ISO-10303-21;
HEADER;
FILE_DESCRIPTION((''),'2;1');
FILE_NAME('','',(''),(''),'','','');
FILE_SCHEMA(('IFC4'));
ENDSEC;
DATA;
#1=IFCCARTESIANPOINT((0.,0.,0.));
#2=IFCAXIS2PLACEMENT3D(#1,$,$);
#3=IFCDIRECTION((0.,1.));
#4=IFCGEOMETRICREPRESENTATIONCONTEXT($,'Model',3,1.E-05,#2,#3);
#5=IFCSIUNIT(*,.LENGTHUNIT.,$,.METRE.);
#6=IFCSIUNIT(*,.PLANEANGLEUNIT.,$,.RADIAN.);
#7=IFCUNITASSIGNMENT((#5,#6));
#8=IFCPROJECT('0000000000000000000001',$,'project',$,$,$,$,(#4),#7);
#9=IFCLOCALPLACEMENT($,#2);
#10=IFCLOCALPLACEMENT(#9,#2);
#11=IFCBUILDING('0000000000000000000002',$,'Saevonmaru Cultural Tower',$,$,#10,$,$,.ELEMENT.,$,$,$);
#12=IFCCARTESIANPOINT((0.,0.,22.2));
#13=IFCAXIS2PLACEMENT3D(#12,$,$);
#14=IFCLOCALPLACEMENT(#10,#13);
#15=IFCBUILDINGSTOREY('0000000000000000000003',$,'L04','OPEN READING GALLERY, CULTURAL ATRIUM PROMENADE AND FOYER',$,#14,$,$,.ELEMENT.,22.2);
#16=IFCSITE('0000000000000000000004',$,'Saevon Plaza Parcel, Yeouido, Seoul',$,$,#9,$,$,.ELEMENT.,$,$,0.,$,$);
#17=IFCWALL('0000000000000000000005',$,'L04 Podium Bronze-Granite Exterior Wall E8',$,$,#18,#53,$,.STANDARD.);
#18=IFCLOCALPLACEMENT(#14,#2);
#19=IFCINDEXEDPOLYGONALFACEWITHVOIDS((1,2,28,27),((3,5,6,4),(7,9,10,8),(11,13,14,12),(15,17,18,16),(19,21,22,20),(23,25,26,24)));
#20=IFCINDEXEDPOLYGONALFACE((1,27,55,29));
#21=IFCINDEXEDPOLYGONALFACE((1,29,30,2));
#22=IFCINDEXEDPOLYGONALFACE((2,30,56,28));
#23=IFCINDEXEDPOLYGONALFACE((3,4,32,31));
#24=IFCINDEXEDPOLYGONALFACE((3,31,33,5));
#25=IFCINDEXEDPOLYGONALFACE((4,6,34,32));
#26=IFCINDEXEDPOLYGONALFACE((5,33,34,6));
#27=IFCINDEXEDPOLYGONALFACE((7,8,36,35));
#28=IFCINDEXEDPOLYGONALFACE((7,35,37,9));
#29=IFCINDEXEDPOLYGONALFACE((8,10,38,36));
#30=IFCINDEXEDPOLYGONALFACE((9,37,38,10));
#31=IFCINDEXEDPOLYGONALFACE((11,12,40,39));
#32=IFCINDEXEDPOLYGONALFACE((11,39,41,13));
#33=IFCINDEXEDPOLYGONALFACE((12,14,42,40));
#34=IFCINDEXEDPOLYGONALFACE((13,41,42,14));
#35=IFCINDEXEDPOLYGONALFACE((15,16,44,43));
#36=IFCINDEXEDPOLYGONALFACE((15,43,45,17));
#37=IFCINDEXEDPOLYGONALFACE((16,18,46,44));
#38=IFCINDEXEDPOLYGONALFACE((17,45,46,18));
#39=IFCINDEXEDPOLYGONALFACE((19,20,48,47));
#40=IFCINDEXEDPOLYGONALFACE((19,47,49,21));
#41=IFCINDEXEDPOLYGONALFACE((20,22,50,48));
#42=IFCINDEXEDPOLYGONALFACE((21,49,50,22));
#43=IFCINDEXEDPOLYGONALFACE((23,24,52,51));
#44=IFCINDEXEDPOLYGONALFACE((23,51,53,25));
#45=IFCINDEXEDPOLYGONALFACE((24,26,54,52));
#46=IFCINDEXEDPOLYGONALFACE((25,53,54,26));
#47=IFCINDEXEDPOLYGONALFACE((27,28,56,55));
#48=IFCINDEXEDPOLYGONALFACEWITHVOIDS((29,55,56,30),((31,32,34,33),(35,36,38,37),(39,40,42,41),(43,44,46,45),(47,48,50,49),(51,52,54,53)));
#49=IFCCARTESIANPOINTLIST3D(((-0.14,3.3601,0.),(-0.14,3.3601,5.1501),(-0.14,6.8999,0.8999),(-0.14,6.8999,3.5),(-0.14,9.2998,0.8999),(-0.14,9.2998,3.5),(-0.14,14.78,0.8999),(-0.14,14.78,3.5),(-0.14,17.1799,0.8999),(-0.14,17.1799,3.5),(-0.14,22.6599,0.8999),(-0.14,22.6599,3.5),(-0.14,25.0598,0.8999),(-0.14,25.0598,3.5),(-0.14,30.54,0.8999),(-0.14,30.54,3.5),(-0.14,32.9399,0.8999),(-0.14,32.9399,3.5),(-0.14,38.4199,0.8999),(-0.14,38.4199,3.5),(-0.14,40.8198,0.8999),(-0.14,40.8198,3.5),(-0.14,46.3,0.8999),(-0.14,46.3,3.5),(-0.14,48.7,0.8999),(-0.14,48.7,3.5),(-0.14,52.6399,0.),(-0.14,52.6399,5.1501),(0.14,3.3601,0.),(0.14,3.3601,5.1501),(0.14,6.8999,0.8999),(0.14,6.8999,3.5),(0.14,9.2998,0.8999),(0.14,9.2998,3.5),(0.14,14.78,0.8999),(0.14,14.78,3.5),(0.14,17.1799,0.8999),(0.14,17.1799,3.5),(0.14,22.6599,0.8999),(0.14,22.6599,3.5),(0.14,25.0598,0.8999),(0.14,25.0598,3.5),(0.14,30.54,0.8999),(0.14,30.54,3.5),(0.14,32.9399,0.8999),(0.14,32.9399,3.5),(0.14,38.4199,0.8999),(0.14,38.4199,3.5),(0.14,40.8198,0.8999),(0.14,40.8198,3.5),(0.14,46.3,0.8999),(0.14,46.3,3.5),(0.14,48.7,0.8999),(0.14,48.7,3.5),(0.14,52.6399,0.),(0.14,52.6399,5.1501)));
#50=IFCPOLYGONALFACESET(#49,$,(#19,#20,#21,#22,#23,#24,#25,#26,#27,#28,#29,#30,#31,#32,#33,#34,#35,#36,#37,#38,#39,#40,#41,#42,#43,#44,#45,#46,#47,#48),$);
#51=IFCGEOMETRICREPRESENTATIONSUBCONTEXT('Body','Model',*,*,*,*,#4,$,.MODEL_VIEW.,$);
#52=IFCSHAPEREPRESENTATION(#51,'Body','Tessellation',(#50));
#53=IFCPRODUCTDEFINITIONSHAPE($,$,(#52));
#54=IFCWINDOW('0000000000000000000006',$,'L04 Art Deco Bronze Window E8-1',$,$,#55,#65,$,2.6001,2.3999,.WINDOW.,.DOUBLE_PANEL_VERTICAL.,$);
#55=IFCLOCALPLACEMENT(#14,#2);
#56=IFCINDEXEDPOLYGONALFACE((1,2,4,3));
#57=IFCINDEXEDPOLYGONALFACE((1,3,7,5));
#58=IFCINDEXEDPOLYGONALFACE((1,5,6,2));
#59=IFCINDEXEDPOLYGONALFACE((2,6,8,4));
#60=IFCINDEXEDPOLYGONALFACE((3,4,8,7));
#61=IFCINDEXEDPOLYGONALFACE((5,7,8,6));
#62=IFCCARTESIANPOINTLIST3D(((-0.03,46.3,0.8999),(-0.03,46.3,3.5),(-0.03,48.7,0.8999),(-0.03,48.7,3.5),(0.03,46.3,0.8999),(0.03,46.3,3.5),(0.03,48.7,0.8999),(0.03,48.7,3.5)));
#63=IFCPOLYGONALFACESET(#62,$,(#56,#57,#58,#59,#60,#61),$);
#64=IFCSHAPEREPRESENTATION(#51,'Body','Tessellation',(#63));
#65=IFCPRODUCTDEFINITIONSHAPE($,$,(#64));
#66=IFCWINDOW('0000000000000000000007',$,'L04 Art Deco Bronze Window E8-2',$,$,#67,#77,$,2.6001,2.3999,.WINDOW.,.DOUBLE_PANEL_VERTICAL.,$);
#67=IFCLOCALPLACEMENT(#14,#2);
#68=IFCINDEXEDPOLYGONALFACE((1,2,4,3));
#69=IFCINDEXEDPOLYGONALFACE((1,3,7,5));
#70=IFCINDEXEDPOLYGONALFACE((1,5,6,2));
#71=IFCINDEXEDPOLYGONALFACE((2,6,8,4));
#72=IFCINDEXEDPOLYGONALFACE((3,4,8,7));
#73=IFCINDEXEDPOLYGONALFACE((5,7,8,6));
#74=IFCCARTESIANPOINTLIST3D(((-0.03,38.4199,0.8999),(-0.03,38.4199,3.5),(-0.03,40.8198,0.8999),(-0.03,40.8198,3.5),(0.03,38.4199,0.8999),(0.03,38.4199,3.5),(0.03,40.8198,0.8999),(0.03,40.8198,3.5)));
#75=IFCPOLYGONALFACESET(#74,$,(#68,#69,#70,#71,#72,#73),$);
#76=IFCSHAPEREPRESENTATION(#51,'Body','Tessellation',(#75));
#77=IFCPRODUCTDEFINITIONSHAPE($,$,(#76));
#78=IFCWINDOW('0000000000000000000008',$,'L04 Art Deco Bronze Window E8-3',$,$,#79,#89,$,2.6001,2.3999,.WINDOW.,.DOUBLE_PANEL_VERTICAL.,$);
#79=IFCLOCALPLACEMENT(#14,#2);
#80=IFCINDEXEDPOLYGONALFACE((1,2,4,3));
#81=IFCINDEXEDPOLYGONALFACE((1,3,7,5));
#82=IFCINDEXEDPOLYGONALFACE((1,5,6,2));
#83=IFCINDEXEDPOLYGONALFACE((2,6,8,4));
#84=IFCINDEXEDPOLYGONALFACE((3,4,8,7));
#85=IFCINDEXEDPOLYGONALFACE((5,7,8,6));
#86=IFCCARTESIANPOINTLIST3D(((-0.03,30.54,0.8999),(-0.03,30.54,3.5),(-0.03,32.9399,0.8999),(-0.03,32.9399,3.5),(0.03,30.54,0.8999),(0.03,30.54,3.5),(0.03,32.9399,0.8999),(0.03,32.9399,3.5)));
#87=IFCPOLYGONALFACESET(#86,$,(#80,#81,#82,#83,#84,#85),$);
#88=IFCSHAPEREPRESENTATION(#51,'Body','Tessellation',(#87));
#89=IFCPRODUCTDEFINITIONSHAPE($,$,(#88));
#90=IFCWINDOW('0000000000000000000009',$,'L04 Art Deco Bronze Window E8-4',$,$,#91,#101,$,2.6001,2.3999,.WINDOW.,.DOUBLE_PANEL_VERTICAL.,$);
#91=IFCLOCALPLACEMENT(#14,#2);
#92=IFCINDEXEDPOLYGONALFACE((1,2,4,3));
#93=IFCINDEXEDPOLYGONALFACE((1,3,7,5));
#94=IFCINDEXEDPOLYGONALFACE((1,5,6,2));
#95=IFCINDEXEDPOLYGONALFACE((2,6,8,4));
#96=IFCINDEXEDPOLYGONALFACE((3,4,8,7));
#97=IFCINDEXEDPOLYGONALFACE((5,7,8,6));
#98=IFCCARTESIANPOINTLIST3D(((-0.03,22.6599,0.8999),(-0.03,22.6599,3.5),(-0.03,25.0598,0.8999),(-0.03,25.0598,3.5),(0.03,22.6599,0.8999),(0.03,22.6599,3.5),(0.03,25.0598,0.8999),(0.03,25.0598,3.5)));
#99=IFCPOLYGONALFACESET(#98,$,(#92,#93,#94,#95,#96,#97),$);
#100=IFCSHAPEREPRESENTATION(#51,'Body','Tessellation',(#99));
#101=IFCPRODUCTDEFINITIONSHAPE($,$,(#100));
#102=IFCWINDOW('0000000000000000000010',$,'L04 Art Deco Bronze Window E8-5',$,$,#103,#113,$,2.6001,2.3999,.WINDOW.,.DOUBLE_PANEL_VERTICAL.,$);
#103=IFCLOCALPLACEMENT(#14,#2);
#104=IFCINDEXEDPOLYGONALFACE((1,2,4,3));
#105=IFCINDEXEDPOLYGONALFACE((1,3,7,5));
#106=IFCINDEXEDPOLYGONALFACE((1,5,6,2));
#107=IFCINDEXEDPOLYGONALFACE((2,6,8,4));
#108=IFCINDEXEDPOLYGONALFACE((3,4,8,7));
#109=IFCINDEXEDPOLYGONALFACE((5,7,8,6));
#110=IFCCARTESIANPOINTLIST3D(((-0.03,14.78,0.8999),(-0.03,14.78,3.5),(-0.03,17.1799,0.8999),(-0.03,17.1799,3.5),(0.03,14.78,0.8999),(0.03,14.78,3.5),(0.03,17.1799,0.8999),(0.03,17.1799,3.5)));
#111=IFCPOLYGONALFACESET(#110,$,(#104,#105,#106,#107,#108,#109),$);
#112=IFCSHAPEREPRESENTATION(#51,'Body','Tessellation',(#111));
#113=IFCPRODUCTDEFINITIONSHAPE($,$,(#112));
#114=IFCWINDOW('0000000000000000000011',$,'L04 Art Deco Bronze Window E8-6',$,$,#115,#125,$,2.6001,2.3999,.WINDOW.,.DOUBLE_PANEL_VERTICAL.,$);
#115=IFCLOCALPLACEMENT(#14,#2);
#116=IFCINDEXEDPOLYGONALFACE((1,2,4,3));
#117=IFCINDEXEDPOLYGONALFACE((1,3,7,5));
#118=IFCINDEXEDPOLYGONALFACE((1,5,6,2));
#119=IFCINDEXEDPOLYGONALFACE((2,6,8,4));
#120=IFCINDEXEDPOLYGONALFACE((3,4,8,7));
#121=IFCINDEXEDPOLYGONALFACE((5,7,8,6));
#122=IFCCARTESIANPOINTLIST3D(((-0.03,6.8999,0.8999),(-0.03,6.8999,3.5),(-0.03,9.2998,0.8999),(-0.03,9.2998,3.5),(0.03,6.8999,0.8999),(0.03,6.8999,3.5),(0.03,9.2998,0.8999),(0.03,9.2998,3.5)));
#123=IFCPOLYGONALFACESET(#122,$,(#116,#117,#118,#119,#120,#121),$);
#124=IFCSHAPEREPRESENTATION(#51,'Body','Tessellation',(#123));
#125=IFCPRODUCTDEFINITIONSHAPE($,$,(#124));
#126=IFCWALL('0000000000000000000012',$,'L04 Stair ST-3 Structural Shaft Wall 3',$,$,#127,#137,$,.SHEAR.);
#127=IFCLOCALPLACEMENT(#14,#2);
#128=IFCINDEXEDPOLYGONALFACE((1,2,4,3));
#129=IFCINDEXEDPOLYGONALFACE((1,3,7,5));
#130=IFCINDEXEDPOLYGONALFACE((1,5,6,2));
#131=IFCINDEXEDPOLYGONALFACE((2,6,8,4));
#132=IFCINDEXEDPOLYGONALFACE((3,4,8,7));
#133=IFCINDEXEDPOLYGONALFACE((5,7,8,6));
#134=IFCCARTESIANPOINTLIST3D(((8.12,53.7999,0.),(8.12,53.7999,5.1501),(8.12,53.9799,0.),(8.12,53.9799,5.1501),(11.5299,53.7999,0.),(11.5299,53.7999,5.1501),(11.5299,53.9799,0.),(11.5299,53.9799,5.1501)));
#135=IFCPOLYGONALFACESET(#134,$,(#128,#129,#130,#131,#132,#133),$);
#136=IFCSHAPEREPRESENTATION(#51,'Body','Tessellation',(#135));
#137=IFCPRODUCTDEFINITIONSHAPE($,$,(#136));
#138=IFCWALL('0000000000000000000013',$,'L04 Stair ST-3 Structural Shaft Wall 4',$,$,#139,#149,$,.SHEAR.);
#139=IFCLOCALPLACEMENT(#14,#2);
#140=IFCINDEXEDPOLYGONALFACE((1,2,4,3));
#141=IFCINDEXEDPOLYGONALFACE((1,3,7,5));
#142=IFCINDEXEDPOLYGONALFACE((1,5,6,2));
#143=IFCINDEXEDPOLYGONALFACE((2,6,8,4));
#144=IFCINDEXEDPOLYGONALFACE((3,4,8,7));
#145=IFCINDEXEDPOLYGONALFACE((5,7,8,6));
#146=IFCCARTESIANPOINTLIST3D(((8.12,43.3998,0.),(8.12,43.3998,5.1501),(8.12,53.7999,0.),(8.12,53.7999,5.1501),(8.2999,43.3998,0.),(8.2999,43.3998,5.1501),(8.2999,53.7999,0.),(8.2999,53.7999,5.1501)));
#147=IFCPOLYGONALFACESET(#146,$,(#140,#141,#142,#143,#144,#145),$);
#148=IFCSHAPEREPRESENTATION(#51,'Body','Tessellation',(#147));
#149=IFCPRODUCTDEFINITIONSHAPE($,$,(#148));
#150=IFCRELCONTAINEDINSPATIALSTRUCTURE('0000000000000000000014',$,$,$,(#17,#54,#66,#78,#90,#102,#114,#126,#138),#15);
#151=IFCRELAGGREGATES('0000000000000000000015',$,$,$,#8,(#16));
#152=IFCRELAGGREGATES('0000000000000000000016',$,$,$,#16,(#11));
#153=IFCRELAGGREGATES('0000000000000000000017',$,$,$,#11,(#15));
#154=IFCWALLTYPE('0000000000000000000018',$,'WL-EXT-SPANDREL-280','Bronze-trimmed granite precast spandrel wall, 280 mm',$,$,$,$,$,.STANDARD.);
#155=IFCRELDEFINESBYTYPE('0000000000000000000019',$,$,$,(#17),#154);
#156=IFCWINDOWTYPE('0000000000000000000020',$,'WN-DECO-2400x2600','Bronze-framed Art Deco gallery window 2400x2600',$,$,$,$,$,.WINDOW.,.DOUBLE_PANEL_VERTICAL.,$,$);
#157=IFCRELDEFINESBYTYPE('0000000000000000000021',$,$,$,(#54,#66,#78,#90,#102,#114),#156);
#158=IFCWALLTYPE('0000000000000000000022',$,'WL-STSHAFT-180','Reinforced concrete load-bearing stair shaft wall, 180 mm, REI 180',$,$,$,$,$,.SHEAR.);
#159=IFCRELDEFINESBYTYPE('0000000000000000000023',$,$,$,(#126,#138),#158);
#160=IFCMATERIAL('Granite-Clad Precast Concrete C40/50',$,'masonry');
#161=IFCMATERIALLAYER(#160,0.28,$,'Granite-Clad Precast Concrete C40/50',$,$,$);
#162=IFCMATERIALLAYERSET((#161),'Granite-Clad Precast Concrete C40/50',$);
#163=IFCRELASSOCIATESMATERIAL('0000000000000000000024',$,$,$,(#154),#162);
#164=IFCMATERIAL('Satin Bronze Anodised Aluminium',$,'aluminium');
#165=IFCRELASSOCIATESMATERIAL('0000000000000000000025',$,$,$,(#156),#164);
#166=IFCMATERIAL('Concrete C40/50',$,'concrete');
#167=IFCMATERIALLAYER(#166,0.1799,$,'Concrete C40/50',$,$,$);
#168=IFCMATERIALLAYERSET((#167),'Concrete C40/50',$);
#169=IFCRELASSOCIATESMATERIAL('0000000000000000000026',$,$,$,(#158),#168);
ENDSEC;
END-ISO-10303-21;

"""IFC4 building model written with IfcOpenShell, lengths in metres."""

from ifc_helpers import new_model, si_unit, direction, frame, frame_2d, origin, place, context, subcontext, project, spatial, rectangle, extrude, material, layer, layer_set, type_object, element, fill, save


model = new_model("IFC4")

# Units and contexts
model_context = context("Model", 3, precision=1e-05, world=origin(), true_north=direction((0.0, 1.0)))
body_context = subcontext(model_context, "Body", "Model", "MODEL_VIEW")
ifc_project = project(units=[si_unit("LENGTHUNIT", "METRE"), si_unit("PLANEANGLEUNIT", "RADIAN")], contexts=[model_context])

# Site, building, storey
site_placement = place(None, origin())
site = spatial("IfcSite", under=ifc_project, at=site_placement, Name="Saevon Plaza Parcel, Yeouido, Seoul", CompositionType="ELEMENT", RefElevation=0.0)
building_placement = place(site_placement, origin())
building = spatial("IfcBuilding", under=site, at=building_placement, Name="Saevonmaru Cultural Tower", CompositionType="ELEMENT")
storey_placement = place(building_placement, frame((0.0, 0.0, 22.2)))
storey = spatial("IfcBuildingStorey", under=building, at=storey_placement, Name="L04", Description="OPEN READING GALLERY, CULTURAL ATRIUM PROMENADE AND FOYER", CompositionType="ELEMENT", Elevation=22.2)

# Shared definitions
ifc_material_1 = material(Name="Granite-Clad Precast Concrete C40/50", Category="masonry")
ifc_material_2 = material(Name="Satin Bronze Anodised Aluminium", Category="aluminium")

# Wall, openings, windows
ifc_layer_1 = layer(ifc_material_1, 0.28, Name="Granite-Clad Precast Concrete C40/50")
ifc_layer_set_1 = layer_set([ifc_layer_1], Name="Granite-Clad Precast Concrete C40/50")
wall_type_1 = type_object("IfcWallType", Name="WL-EXT-SPANDREL-280", Description="Bronze-trimmed granite precast spandrel wall, 280 mm", PredefinedType="STANDARD", material=ifc_layer_set_1)
wall_1_placement = place(storey_placement, frame((0.0, 52.6399, 0.0), z_axis=(0.0, 0.0, 1.0), x_axis=(0.0, -1.0, 0.0)))
wall_1 = element("IfcWall", 1, at=wall_1_placement, inside=storey, type_object=wall_type_1, Name="L04 Podium Bronze-Granite Exterior Wall E8", PredefinedType="STANDARD", context=body_context, shape_type="SweptSolid", body=[
    extrude(rectangle(XDim=49.2798, YDim=0.28, at=frame_2d((24.6399, 0.0))), origin(), (0.0, 0.0, 1.0), 5.1501),
])
opening_1_placement = place(wall_1_placement, frame((3.9399, 0.0, 0.8999)))
opening_1 = element("IfcOpeningElement", 2, at=opening_1_placement, cuts=wall_1, PredefinedType="OPENING", context=body_context, shape_type="SweptSolid", body=[
    extrude(rectangle(XDim=2.3999, YDim=2.6001, at=frame_2d((1.2, 1.3))), frame((0.0, 0.1499, 0.0), z_axis=(0.0, -1.0, 0.0), x_axis=(1.0, 0.0, 0.0)), (0.0, 0.0, 1.0), 0.3),
])
opening_2_placement = place(wall_1_placement, frame((11.8201, 0.0, 0.8999)))
opening_2 = element("IfcOpeningElement", 3, at=opening_2_placement, cuts=wall_1, PredefinedType="OPENING", context=body_context, shape_type="SweptSolid", body=[
    extrude(rectangle(XDim=2.3999, YDim=2.6001, at=frame_2d((1.2, 1.3))), frame((0.0, 0.1499, 0.0), z_axis=(0.0, -1.0, 0.0), x_axis=(1.0, 0.0, 0.0)), (0.0, 0.0, 1.0), 0.3),
])
opening_3_placement = place(wall_1_placement, frame((19.7, 0.0, 0.8999)))
opening_3 = element("IfcOpeningElement", 4, at=opening_3_placement, cuts=wall_1, PredefinedType="OPENING", context=body_context, shape_type="SweptSolid", body=[
    extrude(rectangle(XDim=2.3999, YDim=2.6001, at=frame_2d((1.2, 1.3))), frame((0.0, 0.1499, 0.0), z_axis=(0.0, -1.0, 0.0), x_axis=(1.0, 0.0, 0.0)), (0.0, 0.0, 1.0), 0.3),
])
opening_4_placement = place(wall_1_placement, frame((27.5801, 0.0, 0.8999)))
opening_4 = element("IfcOpeningElement", 5, at=opening_4_placement, cuts=wall_1, PredefinedType="OPENING", context=body_context, shape_type="SweptSolid", body=[
    extrude(rectangle(XDim=2.3999, YDim=2.6001, at=frame_2d((1.2, 1.3))), frame((0.0, 0.1499, 0.0), z_axis=(0.0, -1.0, 0.0), x_axis=(1.0, 0.0, 0.0)), (0.0, 0.0, 1.0), 0.3),
])
opening_5_placement = place(wall_1_placement, frame((35.46, 0.0, 0.8999)))
opening_5 = element("IfcOpeningElement", 6, at=opening_5_placement, cuts=wall_1, PredefinedType="OPENING", context=body_context, shape_type="SweptSolid", body=[
    extrude(rectangle(XDim=2.3999, YDim=2.6001, at=frame_2d((1.2, 1.3))), frame((0.0, 0.1499, 0.0), z_axis=(0.0, -1.0, 0.0), x_axis=(1.0, 0.0, 0.0)), (0.0, 0.0, 1.0), 0.3),
])
opening_6_placement = place(wall_1_placement, frame((43.3401, 0.0, 0.8999)))
opening_6 = element("IfcOpeningElement", 7, at=opening_6_placement, cuts=wall_1, PredefinedType="OPENING", context=body_context, shape_type="SweptSolid", body=[
    extrude(rectangle(XDim=2.3999, YDim=2.6001, at=frame_2d((1.2, 1.3))), frame((0.0, 0.1499, 0.0), z_axis=(0.0, -1.0, 0.0), x_axis=(1.0, 0.0, 0.0)), (0.0, 0.0, 1.0), 0.3),
])
window_type_1 = type_object("IfcWindowType", Name="WN-DECO-2400x2600", Description="Bronze-framed Art Deco gallery window 2400x2600", PartitioningType="DOUBLE_PANEL_VERTICAL", PredefinedType="WINDOW", material=ifc_material_2)
window_1_placement = place(opening_1_placement, origin())
window_1 = element("IfcWindow", 8, at=window_1_placement, inside=storey, type_object=window_type_1, Name="L04 Art Deco Bronze Window E8-1", OverallHeight=2.6001, OverallWidth=2.3999, PartitioningType="DOUBLE_PANEL_VERTICAL", PredefinedType="WINDOW", context=body_context, shape_type="SweptSolid", body=[
    extrude(rectangle(XDim=2.3999, YDim=2.6001, at=frame_2d((1.2, 1.3))), frame((0.0, 0.03, 0.0), z_axis=(0.0, -1.0, 0.0), x_axis=(1.0, 0.0, 0.0)), (0.0, 0.0, 1.0), 0.0601),
])
fill(opening_1, window_1)
window_2_placement = place(opening_2_placement, origin())
window_2 = element("IfcWindow", 9, at=window_2_placement, inside=storey, type_object=window_type_1, Name="L04 Art Deco Bronze Window E8-2", OverallHeight=2.6001, OverallWidth=2.3999, PartitioningType="DOUBLE_PANEL_VERTICAL", PredefinedType="WINDOW", context=body_context, shape_type="SweptSolid", body=[
    extrude(rectangle(XDim=2.3999, YDim=2.6001, at=frame_2d((1.2, 1.3))), frame((0.0, 0.03, 0.0), z_axis=(0.0, -1.0, 0.0), x_axis=(1.0, 0.0, 0.0)), (0.0, 0.0, 1.0), 0.0601),
])
fill(opening_2, window_2)
window_3_placement = place(opening_3_placement, origin())
window_3 = element("IfcWindow", 10, at=window_3_placement, inside=storey, type_object=window_type_1, Name="L04 Art Deco Bronze Window E8-3", OverallHeight=2.6001, OverallWidth=2.3999, PartitioningType="DOUBLE_PANEL_VERTICAL", PredefinedType="WINDOW", context=body_context, shape_type="SweptSolid", body=[
    extrude(rectangle(XDim=2.3999, YDim=2.6001, at=frame_2d((1.2, 1.3))), frame((0.0, 0.03, 0.0), z_axis=(0.0, -1.0, 0.0), x_axis=(1.0, 0.0, 0.0)), (0.0, 0.0, 1.0), 0.0601),
])
fill(opening_3, window_3)
window_4_placement = place(opening_4_placement, origin())
window_4 = element("IfcWindow", 11, at=window_4_placement, inside=storey, type_object=window_type_1, Name="L04 Art Deco Bronze Window E8-4", OverallHeight=2.6001, OverallWidth=2.3999, PartitioningType="DOUBLE_PANEL_VERTICAL", PredefinedType="WINDOW", context=body_context, shape_type="SweptSolid", body=[
    extrude(rectangle(XDim=2.3999, YDim=2.6001, at=frame_2d((1.2, 1.3))), frame((0.0, 0.03, 0.0), z_axis=(0.0, -1.0, 0.0), x_axis=(1.0, 0.0, 0.0)), (0.0, 0.0, 1.0), 0.0601),
])
fill(opening_4, window_4)
window_5_placement = place(opening_5_placement, origin())
window_5 = element("IfcWindow", 12, at=window_5_placement, inside=storey, type_object=window_type_1, Name="L04 Art Deco Bronze Window E8-5", OverallHeight=2.6001, OverallWidth=2.3999, PartitioningType="DOUBLE_PANEL_VERTICAL", PredefinedType="WINDOW", context=body_context, shape_type="SweptSolid", body=[
    extrude(rectangle(XDim=2.3999, YDim=2.6001, at=frame_2d((1.2, 1.3))), frame((0.0, 0.03, 0.0), z_axis=(0.0, -1.0, 0.0), x_axis=(1.0, 0.0, 0.0)), (0.0, 0.0, 1.0), 0.0601),
])
fill(opening_5, window_5)
window_6_placement = place(opening_6_placement, origin())
window_6 = element("IfcWindow", 13, at=window_6_placement, inside=storey, type_object=window_type_1, Name="L04 Art Deco Bronze Window E8-6", OverallHeight=2.6001, OverallWidth=2.3999, PartitioningType="DOUBLE_PANEL_VERTICAL", PredefinedType="WINDOW", context=body_context, shape_type="SweptSolid", body=[
    extrude(rectangle(XDim=2.3999, YDim=2.6001, at=frame_2d((1.2, 1.3))), frame((0.0, 0.03, 0.0), z_axis=(0.0, -1.0, 0.0), x_axis=(1.0, 0.0, 0.0)), (0.0, 0.0, 1.0), 0.0601),
])
fill(opening_6, window_6)

# Walls
ifc_material_3 = material(Name="Concrete C40/50", Category="concrete")
ifc_layer_2 = layer(ifc_material_3, 0.1799, Name="Concrete C40/50")
ifc_layer_set_2 = layer_set([ifc_layer_2], Name="Concrete C40/50")
wall_type_2 = type_object("IfcWallType", Name="WL-STSHAFT-180", Description="Reinforced concrete load-bearing stair shaft wall, 180 mm, REI 180", PredefinedType="SHEAR", material=ifc_layer_set_2)
wall_2_placement = place(storey_placement, frame((11.53, 53.8899, 0.0), z_axis=(0.0, 0.0, 1.0), x_axis=(-1.0, 0.0, 0.0)))
element("IfcWall", 14, at=wall_2_placement, inside=storey, type_object=wall_type_2, Name="L04 Stair ST-3 Structural Shaft Wall 3", PredefinedType="SHEAR", context=body_context, shape_type="SweptSolid", body=[
    extrude(rectangle(XDim=3.4099, YDim=0.1799, at=frame_2d((1.7051, 0.0))), origin(), (0.0, 0.0, 1.0), 5.1501),
])
wall_3_placement = place(storey_placement, frame((8.21, 53.8, 0.0), z_axis=(0.0, 0.0, 1.0), x_axis=(0.0, -1.0, 0.0)))
element("IfcWall", 15, at=wall_3_placement, inside=storey, type_object=wall_type_2, Name="L04 Stair ST-3 Structural Shaft Wall 4", PredefinedType="SHEAR", context=body_context, shape_type="SweptSolid", body=[
    extrude(rectangle(XDim=10.4001, YDim=0.1799, at=frame_2d((5.2002, 0.0))), origin(), (0.0, 0.0, 1.0), 5.1501),
])

save(model, "model.ifc")
